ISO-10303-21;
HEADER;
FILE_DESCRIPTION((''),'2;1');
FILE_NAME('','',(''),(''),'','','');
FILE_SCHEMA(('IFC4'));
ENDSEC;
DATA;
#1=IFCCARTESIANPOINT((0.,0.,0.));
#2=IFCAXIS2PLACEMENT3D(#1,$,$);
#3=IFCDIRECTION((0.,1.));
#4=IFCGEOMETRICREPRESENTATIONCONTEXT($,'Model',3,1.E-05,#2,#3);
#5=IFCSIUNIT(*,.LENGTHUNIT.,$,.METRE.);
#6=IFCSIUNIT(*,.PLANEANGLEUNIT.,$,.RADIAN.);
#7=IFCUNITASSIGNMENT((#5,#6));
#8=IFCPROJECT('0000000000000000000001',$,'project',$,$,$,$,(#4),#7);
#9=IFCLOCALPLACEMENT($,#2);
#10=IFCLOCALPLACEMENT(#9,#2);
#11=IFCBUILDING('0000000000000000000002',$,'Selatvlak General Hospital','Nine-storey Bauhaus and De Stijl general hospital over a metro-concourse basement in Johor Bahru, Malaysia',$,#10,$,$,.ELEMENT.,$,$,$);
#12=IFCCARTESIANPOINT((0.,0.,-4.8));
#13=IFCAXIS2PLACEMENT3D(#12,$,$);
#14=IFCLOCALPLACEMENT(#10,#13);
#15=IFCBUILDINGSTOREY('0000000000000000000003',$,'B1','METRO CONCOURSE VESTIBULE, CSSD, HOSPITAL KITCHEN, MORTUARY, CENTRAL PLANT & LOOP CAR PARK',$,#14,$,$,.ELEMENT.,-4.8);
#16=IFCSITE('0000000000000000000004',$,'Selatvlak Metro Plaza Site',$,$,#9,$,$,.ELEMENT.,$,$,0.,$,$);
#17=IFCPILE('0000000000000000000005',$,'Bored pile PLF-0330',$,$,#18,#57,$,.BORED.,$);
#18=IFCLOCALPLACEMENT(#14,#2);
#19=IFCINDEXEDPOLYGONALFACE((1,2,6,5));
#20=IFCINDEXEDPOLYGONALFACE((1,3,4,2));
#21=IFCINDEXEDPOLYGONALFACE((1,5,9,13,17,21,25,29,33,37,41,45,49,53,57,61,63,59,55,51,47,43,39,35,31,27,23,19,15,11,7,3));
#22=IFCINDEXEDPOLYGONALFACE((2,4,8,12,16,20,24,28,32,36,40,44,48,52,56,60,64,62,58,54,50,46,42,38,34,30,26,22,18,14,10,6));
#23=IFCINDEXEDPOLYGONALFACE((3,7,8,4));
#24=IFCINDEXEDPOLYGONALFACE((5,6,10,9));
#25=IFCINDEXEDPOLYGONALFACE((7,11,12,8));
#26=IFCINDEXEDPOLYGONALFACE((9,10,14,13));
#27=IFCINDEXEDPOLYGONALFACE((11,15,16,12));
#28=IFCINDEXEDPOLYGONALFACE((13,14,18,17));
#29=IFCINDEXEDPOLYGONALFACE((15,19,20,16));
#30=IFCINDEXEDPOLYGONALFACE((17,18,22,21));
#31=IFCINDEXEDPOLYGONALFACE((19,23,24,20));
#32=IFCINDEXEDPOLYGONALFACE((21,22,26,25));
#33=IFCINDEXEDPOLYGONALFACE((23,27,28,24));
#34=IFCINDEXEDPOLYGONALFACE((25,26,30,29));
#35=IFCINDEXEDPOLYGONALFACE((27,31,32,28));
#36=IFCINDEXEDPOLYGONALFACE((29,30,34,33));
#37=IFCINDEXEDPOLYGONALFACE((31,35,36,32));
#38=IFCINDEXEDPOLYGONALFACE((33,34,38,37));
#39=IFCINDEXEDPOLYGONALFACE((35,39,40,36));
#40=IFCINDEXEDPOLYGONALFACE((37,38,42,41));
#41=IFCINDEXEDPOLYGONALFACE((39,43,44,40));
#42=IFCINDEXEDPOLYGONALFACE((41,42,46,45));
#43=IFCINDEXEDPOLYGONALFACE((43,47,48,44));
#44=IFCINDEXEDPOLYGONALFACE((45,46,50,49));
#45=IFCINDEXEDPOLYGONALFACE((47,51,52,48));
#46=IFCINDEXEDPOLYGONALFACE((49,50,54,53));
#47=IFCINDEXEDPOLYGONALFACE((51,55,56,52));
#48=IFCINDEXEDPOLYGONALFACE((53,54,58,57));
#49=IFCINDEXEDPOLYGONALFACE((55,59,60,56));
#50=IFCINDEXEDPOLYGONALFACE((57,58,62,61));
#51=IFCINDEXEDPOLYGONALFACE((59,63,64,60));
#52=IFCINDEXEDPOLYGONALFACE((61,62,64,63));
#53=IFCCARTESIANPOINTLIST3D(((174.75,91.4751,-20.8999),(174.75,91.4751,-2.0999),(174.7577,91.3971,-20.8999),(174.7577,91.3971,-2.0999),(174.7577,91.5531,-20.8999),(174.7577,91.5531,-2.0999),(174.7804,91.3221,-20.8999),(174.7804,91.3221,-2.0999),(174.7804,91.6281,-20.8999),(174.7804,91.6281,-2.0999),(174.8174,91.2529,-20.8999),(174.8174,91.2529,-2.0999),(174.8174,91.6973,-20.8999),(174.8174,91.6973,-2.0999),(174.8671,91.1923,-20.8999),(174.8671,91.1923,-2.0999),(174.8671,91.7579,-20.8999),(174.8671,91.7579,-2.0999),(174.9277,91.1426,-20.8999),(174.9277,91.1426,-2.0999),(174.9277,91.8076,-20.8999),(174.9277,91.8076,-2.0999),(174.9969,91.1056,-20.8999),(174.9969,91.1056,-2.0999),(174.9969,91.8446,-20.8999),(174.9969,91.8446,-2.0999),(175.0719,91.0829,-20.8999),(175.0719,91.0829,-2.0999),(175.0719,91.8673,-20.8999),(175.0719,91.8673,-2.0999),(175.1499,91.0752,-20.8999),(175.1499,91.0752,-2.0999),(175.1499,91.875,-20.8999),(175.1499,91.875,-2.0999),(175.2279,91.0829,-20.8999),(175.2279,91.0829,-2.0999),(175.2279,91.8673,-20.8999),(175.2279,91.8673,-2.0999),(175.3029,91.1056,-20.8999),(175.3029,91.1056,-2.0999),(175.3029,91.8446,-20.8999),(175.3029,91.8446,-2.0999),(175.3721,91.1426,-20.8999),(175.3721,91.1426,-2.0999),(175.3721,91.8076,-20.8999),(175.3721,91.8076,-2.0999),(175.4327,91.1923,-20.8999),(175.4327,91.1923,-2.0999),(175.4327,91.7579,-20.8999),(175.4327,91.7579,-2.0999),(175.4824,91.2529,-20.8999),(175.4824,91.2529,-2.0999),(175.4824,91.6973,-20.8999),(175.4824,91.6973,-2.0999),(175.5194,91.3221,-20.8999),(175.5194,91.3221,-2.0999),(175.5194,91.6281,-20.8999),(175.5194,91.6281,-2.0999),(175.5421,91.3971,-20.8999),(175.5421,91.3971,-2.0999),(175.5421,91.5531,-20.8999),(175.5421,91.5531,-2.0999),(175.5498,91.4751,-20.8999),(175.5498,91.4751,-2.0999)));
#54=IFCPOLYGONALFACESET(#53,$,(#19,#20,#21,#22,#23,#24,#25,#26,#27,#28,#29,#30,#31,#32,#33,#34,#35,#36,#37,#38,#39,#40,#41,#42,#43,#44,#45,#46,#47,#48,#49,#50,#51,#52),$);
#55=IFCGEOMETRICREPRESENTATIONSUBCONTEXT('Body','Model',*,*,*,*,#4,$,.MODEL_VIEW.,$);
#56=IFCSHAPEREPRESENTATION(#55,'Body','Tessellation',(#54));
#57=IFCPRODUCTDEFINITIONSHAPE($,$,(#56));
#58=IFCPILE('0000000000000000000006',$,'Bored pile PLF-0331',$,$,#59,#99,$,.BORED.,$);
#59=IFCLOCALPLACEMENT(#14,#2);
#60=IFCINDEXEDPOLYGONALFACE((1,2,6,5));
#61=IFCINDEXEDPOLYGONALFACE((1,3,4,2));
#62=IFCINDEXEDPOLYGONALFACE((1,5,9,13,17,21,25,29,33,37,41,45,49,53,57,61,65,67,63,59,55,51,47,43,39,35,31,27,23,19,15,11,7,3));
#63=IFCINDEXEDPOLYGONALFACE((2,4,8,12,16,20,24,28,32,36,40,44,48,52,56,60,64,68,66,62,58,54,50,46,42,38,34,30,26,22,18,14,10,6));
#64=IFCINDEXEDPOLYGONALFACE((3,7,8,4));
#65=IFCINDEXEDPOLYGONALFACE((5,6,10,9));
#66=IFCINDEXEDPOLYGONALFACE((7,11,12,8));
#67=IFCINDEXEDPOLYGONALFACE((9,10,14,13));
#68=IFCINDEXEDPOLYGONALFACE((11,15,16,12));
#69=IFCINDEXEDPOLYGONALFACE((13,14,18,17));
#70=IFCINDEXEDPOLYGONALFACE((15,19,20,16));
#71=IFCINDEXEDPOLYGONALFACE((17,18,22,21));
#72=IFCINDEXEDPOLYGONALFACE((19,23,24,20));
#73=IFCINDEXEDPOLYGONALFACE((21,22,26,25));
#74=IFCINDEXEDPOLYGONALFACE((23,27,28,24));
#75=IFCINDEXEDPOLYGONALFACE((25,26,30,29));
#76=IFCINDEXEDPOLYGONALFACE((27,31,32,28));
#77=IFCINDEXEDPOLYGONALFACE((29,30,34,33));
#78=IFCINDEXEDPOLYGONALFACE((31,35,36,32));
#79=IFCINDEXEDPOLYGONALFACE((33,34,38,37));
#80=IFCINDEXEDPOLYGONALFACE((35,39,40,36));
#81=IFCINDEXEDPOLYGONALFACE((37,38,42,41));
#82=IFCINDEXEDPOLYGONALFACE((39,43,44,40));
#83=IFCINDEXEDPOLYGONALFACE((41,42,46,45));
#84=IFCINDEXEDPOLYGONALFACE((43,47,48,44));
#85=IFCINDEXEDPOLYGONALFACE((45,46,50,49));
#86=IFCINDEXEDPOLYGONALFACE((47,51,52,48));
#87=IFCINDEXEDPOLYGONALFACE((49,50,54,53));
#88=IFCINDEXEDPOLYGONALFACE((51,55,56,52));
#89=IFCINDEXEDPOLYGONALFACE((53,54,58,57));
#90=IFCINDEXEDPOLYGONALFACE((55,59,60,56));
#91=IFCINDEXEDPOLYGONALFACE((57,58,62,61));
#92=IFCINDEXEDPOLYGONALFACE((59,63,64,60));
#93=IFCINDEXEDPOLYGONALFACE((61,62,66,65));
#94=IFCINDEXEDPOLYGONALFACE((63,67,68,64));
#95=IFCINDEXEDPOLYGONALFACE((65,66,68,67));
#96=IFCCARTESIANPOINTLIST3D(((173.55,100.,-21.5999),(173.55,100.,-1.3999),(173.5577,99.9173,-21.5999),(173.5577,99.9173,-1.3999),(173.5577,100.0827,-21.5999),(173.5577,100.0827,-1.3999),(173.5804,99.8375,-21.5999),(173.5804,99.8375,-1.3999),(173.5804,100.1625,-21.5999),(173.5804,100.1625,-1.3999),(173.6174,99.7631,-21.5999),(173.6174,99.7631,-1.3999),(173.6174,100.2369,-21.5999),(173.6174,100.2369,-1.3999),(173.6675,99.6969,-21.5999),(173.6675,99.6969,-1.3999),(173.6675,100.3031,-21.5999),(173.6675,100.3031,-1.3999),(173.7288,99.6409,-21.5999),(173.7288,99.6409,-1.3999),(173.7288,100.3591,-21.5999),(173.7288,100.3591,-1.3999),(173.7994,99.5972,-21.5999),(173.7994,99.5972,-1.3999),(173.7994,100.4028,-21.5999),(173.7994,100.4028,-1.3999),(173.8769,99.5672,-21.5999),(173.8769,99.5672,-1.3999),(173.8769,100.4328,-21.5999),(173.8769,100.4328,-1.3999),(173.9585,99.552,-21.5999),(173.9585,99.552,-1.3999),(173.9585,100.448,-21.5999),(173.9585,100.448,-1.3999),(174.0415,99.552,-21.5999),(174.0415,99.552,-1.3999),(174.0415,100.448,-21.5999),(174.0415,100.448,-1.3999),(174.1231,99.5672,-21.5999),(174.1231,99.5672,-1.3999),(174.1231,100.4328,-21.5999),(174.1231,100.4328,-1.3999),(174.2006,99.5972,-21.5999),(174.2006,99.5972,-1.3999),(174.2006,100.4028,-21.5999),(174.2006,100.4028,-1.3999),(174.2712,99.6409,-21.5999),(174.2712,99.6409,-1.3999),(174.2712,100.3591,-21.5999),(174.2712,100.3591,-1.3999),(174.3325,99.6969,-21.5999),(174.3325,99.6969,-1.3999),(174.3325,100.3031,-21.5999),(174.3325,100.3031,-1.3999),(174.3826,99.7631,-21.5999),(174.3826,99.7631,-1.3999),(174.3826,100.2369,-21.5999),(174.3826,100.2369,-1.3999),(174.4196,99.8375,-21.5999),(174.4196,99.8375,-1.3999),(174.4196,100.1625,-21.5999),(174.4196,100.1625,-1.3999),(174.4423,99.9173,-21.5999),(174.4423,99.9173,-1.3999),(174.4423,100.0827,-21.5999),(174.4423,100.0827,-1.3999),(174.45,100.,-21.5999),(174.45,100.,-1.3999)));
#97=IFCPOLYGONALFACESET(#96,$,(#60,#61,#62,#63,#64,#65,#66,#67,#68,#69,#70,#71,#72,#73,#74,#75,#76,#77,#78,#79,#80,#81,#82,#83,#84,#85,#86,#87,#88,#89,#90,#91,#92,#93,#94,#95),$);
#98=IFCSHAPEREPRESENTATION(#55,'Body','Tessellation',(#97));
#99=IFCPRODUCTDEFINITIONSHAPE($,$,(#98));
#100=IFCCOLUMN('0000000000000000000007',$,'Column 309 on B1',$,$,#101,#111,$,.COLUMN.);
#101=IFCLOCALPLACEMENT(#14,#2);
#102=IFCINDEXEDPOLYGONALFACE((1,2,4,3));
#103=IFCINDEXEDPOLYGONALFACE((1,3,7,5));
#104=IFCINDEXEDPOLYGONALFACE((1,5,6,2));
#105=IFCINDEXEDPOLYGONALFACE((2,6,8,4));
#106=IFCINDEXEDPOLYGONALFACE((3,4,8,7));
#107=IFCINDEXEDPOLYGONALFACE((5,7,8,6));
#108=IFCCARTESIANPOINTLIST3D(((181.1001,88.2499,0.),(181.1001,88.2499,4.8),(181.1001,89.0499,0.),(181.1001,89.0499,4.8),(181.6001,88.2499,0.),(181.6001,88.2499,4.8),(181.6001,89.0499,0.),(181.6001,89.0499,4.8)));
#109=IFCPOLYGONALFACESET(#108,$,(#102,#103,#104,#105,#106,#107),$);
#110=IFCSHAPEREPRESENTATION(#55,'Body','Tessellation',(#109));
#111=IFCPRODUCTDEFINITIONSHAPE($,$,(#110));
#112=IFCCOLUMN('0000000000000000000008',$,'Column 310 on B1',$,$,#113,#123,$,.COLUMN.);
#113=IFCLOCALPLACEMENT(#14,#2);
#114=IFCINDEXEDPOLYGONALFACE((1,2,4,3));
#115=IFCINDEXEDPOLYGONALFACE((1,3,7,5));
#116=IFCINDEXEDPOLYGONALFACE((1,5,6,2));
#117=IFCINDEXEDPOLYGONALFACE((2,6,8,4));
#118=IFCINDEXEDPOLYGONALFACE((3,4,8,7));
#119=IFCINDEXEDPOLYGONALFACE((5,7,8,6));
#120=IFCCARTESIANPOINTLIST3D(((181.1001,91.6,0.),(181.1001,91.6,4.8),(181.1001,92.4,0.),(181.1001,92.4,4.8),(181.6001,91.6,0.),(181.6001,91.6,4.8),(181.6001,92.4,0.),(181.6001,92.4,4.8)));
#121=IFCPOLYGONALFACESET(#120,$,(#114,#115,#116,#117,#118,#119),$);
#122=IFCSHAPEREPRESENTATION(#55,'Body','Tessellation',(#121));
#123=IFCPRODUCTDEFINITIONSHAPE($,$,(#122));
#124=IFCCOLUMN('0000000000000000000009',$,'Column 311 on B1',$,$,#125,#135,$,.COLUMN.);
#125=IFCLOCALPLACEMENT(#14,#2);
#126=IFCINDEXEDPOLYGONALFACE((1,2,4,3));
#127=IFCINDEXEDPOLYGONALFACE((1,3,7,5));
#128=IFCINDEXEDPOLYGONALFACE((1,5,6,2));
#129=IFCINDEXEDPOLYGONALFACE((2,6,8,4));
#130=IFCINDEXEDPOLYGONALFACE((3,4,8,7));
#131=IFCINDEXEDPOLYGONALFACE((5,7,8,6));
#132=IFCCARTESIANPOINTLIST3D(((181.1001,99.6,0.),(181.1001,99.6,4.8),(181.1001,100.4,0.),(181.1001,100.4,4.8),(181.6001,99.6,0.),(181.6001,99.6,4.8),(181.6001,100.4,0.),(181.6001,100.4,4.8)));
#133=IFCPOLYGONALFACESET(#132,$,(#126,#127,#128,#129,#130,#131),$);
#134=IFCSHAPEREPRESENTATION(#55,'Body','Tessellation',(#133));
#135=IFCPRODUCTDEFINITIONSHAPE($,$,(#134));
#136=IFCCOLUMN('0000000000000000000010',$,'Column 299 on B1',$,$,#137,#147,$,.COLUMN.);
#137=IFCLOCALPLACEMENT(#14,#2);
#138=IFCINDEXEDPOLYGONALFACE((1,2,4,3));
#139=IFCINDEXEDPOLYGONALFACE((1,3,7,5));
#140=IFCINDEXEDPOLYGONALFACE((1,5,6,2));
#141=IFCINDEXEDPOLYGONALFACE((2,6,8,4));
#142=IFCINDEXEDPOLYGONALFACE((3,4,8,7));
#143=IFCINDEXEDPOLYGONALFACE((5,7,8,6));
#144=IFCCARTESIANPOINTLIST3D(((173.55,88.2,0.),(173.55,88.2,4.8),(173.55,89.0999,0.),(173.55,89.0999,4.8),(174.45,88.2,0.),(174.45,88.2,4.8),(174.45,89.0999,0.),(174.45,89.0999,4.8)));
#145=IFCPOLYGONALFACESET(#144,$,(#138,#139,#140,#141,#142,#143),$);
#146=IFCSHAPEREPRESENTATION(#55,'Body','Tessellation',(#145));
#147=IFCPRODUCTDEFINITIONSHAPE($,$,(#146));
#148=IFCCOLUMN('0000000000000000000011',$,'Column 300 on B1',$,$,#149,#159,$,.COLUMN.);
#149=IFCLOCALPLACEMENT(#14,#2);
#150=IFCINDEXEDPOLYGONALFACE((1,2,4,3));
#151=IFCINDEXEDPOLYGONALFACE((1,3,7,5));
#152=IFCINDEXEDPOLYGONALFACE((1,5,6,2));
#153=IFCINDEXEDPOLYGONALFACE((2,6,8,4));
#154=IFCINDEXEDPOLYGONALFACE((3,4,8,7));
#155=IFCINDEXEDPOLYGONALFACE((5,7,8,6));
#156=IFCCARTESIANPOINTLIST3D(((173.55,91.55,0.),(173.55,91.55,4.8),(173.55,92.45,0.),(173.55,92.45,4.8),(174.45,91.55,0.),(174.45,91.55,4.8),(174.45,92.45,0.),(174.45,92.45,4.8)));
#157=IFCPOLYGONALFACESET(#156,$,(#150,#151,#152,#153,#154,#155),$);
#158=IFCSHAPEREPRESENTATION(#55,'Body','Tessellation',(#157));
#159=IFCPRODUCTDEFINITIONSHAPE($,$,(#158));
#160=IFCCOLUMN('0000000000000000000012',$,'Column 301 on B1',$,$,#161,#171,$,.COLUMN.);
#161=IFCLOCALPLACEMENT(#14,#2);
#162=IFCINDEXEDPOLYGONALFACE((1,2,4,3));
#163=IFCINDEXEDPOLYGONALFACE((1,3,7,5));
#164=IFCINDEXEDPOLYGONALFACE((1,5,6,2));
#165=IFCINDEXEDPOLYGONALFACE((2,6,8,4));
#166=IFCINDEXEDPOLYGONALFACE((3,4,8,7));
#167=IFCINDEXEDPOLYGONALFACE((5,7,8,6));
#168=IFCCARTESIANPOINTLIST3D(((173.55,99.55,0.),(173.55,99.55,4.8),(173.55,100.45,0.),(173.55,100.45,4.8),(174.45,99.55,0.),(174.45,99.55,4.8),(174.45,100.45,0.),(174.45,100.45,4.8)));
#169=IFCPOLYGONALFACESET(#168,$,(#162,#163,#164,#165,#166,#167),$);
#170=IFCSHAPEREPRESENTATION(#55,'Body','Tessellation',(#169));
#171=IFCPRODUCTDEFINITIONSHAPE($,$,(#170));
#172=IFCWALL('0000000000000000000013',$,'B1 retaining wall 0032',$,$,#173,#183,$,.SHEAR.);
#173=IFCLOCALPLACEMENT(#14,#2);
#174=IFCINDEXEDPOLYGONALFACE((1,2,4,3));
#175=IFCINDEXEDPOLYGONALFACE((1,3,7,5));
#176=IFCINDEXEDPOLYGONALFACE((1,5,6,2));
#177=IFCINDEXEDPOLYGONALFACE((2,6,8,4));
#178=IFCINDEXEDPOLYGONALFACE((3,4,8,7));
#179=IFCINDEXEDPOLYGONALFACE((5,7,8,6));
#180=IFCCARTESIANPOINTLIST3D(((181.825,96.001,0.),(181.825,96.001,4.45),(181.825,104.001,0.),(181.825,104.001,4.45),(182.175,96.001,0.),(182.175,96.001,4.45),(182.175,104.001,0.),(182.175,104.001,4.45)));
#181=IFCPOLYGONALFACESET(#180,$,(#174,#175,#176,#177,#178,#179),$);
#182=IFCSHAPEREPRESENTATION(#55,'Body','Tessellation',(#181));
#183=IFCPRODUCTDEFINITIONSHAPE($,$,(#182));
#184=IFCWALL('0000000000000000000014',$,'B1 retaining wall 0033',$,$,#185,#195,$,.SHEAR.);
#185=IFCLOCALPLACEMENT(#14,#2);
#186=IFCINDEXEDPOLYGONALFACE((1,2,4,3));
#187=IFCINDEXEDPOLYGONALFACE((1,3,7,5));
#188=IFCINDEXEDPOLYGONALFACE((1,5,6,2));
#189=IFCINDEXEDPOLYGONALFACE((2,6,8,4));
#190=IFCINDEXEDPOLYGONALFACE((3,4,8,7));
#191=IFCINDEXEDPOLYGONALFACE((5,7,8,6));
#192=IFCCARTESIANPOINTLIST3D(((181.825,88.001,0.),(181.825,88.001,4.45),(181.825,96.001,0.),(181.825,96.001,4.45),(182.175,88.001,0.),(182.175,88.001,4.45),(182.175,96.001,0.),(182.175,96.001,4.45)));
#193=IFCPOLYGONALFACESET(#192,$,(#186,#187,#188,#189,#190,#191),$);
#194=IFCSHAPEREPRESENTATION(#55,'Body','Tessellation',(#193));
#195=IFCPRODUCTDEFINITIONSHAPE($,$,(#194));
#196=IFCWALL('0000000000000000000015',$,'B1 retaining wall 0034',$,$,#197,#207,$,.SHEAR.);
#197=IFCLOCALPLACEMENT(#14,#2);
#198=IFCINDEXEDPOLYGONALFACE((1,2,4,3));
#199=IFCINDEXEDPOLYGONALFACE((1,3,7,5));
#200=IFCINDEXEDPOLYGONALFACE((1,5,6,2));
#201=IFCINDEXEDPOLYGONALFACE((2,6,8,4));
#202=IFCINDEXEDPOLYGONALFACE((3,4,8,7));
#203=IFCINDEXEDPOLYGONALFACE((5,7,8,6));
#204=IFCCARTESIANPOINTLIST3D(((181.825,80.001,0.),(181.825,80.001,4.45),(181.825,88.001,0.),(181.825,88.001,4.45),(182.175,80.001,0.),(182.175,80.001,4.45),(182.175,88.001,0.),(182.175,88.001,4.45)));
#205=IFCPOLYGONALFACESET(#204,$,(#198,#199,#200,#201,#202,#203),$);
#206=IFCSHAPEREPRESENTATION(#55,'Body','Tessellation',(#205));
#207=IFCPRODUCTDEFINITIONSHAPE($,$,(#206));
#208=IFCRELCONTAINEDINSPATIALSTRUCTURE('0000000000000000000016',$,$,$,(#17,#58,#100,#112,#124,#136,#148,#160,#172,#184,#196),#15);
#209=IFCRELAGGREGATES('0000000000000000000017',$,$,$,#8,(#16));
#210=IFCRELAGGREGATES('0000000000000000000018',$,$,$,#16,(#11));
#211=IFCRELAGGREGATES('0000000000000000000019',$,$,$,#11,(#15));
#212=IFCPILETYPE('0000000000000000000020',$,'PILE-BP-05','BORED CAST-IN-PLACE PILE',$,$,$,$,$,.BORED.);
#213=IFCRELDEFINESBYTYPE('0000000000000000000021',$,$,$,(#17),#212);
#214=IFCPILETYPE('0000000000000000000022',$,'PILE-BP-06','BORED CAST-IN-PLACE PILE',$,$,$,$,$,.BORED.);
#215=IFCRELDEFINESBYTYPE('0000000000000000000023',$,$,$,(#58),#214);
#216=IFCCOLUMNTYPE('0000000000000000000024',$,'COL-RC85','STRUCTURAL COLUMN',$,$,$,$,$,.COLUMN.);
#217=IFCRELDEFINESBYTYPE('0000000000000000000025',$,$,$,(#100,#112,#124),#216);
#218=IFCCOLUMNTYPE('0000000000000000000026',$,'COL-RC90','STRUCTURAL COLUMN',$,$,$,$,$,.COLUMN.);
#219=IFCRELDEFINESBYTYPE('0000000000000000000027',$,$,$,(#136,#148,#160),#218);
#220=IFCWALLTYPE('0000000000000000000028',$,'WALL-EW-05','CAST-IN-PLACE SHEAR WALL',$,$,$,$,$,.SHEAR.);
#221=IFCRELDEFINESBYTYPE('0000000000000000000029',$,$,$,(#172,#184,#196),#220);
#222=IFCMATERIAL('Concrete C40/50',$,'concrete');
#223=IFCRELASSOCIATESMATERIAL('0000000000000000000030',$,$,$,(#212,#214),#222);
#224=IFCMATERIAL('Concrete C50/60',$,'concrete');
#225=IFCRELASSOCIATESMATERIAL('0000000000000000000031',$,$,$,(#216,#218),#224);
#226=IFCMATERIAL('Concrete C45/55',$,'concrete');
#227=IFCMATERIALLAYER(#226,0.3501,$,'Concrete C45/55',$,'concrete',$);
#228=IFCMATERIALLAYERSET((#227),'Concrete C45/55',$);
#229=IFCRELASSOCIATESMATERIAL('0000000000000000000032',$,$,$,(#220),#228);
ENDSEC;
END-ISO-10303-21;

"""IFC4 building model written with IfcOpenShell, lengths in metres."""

from ifc_helpers import new_model, si_unit, direction, frame, frame_2d, origin, origin_2d, place, context, subcontext, project, spatial, rectangle, circle, extrude, material, layer, layer_set, material_profile, profile_set, type_object, element, save


model = new_model("IFC4")

# Units and contexts
model_context = context("Model", 3, precision=1e-05, world=origin(), true_north=direction((0.0, 1.0)))
body_context = subcontext(model_context, "Body", "Model", "MODEL_VIEW")
ifc_project = project(units=[si_unit("LENGTHUNIT", "METRE"), si_unit("PLANEANGLEUNIT", "RADIAN")], contexts=[model_context])

# Site, building, storey
site_placement = place(None, origin())
site = spatial("IfcSite", under=ifc_project, at=site_placement, Name="Selatvlak Metro Plaza Site", CompositionType="ELEMENT", RefElevation=0.0)
building_placement = place(site_placement, origin())
building = spatial("IfcBuilding", under=site, at=building_placement, Name="Selatvlak General Hospital", Description="Nine-storey Bauhaus and De Stijl general hospital over a metro-concourse basement in Johor Bahru, Malaysia", CompositionType="ELEMENT")
storey_placement = place(building_placement, frame((0.0, 0.0, -4.8)))
storey = spatial("IfcBuildingStorey", under=building, at=storey_placement, Name="B1", Description="METRO CONCOURSE VESTIBULE, CSSD, HOSPITAL KITCHEN, MORTUARY, CENTRAL PLANT & LOOP CAR PARK", CompositionType="ELEMENT", Elevation=-4.8)

# Shared definitions
ifc_material_1 = material(Name="Concrete C40/50", Category="concrete")

# Piles
ifc_material_profile_1 = material_profile(ifc_material_1, circle(Radius=0.3999, at=origin_2d()), Name="BORED PILE 800")
ifc_profile_set_1 = profile_set([ifc_material_profile_1], Name="Concrete C40/50")
pile_type_1 = type_object("IfcPileType", Name="PILE-BP-05", Description="BORED CAST-IN-PLACE PILE", PredefinedType="BORED", material=ifc_profile_set_1)
for number, where, z_axis, x_axis, name in (
    (1, (175.1499, 91.4751, -2.0999), (0.0, 0.0, -1.0), (1.0, 0.0, 0.0), "Bored pile PLF-0330"),
):
    element("IfcPile", number, at=place(storey_placement, frame(where, z_axis=z_axis, x_axis=x_axis)), inside=storey, type_object=pile_type_1, Name=name, PredefinedType="BORED", context=body_context, shape_type="SweptSolid", body=[
        extrude(circle(Radius=0.3999, at=origin_2d()), origin(), (0.0, 0.0, 1.0), 18.8),
    ])
ifc_material_profile_2 = material_profile(ifc_material_1, circle(Radius=0.45, at=origin_2d()), Name="BORED PILE 900")
ifc_profile_set_2 = profile_set([ifc_material_profile_2], Name="Concrete C40/50")
pile_type_2 = type_object("IfcPileType", Name="PILE-BP-06", Description="BORED CAST-IN-PLACE PILE", PredefinedType="BORED", material=ifc_profile_set_2)
pile_1_placement = place(storey_placement, frame((174.0, 100.0, -1.3999), z_axis=(0.0, 0.0, -1.0), x_axis=(1.0, 0.0, 0.0)))
element("IfcPile", 2, at=pile_1_placement, inside=storey, type_object=pile_type_2, Name="Bored pile PLF-0331", PredefinedType="BORED", context=body_context, shape_type="SweptSolid", body=[
    extrude(circle(Radius=0.45, at=origin_2d()), origin(), (0.0, 0.0, 1.0), 20.2),
])

# Columns
ifc_material_2 = material(Name="Concrete C50/60", Category="concrete")
ifc_material_profile_3 = material_profile(ifc_material_2, rectangle(XDim=0.5, YDim=0.8, at=origin_2d()), Name="RC-COL 800x500")
ifc_profile_set_3 = profile_set([ifc_material_profile_3], Name="Concrete C50/60")
column_type_1 = type_object("IfcColumnType", Name="COL-RC85", Description="STRUCTURAL COLUMN", PredefinedType="COLUMN", material=ifc_profile_set_3)
for number, where, z_axis, x_axis, name in (
    (3, (181.3501, 88.6499, 0.0), (0.0, 0.0, 1.0), (1.0, 0.0, 0.0), "Column 309 on B1"),
    (4, (181.3501, 92.0, 0.0), (0.0, 0.0, 1.0), (1.0, 0.0, 0.0), "Column 310 on B1"),
    (5, (181.3501, 100.0, 0.0), (0.0, 0.0, 1.0), (1.0, 0.0, 0.0), "Column 311 on B1"),
):
    element("IfcColumn", number, at=place(storey_placement, frame(where, z_axis=z_axis, x_axis=x_axis)), inside=storey, type_object=column_type_1, Name=name, PredefinedType="COLUMN", context=body_context, shape_type="SweptSolid", body=[
        extrude(rectangle(XDim=0.5, YDim=0.8, at=origin_2d()), origin(), (0.0, 0.0, 1.0), 4.8),
    ])
ifc_material_profile_4 = material_profile(ifc_material_2, rectangle(XDim=0.8999, YDim=0.8999, at=origin_2d()), Name="RC-COL 900x900")
ifc_profile_set_4 = profile_set([ifc_material_profile_4], Name="Concrete C50/60")
column_type_2 = type_object("IfcColumnType", Name="COL-RC90", Description="STRUCTURAL COLUMN", PredefinedType="COLUMN", material=ifc_profile_set_4)
for number, where, z_axis, x_axis, name in (
    (6, (174.0, 88.6499, 0.0), (0.0, 0.0, 1.0), (1.0, 0.0, 0.0), "Column 299 on B1"),
    (7, (174.0, 92.0, 0.0), (0.0, 0.0, 1.0), (1.0, 0.0, 0.0), "Column 300 on B1"),
    (8, (174.0, 100.0, 0.0), (0.0, 0.0, 1.0), (1.0, 0.0, 0.0), "Column 301 on B1"),
):
    element("IfcColumn", number, at=place(storey_placement, frame(where, z_axis=z_axis, x_axis=x_axis)), inside=storey, type_object=column_type_2, Name=name, PredefinedType="COLUMN", context=body_context, shape_type="SweptSolid", body=[
        extrude(rectangle(XDim=0.8999, YDim=0.8999, at=origin_2d()), origin(), (0.0, 0.0, 1.0), 4.8),
    ])

# Walls
ifc_material_3 = material(Name="Concrete C45/55", Category="concrete")
ifc_layer_1 = layer(ifc_material_3, 0.3501, Name="Concrete C45/55", Category="concrete")
ifc_layer_set_1 = layer_set([ifc_layer_1], Name="Concrete C45/55")
wall_type_1 = type_object("IfcWallType", Name="WALL-EW-05", Description="CAST-IN-PLACE SHEAR WALL", PredefinedType="SHEAR", material=ifc_layer_set_1)
for number, where, z_axis, x_axis, name in (
    (9, (182.0, 104.001, 0.0), (0.0, 0.0, 1.0), (0.0, -1.0, 0.0), "B1 retaining wall 0032"),
    (10, (182.0, 96.001, 0.0), (0.0, 0.0, 1.0), (0.0, -1.0, 0.0), "B1 retaining wall 0033"),
    (11, (182.0, 88.001, 0.0), (0.0, 0.0, 1.0), (0.0, -1.0, 0.0), "B1 retaining wall 0034"),
):
    element("IfcWall", number, at=place(storey_placement, frame(where, z_axis=z_axis, x_axis=x_axis)), inside=storey, type_object=wall_type_1, Name=name, PredefinedType="SHEAR", context=body_context, shape_type="SweptSolid", body=[
        extrude(rectangle(XDim=8.0, YDim=0.3501, at=frame_2d((4.0, 0.0))), origin(), (0.0, 0.0, 1.0), 4.45),
    ])

save(model, "model.ifc")
